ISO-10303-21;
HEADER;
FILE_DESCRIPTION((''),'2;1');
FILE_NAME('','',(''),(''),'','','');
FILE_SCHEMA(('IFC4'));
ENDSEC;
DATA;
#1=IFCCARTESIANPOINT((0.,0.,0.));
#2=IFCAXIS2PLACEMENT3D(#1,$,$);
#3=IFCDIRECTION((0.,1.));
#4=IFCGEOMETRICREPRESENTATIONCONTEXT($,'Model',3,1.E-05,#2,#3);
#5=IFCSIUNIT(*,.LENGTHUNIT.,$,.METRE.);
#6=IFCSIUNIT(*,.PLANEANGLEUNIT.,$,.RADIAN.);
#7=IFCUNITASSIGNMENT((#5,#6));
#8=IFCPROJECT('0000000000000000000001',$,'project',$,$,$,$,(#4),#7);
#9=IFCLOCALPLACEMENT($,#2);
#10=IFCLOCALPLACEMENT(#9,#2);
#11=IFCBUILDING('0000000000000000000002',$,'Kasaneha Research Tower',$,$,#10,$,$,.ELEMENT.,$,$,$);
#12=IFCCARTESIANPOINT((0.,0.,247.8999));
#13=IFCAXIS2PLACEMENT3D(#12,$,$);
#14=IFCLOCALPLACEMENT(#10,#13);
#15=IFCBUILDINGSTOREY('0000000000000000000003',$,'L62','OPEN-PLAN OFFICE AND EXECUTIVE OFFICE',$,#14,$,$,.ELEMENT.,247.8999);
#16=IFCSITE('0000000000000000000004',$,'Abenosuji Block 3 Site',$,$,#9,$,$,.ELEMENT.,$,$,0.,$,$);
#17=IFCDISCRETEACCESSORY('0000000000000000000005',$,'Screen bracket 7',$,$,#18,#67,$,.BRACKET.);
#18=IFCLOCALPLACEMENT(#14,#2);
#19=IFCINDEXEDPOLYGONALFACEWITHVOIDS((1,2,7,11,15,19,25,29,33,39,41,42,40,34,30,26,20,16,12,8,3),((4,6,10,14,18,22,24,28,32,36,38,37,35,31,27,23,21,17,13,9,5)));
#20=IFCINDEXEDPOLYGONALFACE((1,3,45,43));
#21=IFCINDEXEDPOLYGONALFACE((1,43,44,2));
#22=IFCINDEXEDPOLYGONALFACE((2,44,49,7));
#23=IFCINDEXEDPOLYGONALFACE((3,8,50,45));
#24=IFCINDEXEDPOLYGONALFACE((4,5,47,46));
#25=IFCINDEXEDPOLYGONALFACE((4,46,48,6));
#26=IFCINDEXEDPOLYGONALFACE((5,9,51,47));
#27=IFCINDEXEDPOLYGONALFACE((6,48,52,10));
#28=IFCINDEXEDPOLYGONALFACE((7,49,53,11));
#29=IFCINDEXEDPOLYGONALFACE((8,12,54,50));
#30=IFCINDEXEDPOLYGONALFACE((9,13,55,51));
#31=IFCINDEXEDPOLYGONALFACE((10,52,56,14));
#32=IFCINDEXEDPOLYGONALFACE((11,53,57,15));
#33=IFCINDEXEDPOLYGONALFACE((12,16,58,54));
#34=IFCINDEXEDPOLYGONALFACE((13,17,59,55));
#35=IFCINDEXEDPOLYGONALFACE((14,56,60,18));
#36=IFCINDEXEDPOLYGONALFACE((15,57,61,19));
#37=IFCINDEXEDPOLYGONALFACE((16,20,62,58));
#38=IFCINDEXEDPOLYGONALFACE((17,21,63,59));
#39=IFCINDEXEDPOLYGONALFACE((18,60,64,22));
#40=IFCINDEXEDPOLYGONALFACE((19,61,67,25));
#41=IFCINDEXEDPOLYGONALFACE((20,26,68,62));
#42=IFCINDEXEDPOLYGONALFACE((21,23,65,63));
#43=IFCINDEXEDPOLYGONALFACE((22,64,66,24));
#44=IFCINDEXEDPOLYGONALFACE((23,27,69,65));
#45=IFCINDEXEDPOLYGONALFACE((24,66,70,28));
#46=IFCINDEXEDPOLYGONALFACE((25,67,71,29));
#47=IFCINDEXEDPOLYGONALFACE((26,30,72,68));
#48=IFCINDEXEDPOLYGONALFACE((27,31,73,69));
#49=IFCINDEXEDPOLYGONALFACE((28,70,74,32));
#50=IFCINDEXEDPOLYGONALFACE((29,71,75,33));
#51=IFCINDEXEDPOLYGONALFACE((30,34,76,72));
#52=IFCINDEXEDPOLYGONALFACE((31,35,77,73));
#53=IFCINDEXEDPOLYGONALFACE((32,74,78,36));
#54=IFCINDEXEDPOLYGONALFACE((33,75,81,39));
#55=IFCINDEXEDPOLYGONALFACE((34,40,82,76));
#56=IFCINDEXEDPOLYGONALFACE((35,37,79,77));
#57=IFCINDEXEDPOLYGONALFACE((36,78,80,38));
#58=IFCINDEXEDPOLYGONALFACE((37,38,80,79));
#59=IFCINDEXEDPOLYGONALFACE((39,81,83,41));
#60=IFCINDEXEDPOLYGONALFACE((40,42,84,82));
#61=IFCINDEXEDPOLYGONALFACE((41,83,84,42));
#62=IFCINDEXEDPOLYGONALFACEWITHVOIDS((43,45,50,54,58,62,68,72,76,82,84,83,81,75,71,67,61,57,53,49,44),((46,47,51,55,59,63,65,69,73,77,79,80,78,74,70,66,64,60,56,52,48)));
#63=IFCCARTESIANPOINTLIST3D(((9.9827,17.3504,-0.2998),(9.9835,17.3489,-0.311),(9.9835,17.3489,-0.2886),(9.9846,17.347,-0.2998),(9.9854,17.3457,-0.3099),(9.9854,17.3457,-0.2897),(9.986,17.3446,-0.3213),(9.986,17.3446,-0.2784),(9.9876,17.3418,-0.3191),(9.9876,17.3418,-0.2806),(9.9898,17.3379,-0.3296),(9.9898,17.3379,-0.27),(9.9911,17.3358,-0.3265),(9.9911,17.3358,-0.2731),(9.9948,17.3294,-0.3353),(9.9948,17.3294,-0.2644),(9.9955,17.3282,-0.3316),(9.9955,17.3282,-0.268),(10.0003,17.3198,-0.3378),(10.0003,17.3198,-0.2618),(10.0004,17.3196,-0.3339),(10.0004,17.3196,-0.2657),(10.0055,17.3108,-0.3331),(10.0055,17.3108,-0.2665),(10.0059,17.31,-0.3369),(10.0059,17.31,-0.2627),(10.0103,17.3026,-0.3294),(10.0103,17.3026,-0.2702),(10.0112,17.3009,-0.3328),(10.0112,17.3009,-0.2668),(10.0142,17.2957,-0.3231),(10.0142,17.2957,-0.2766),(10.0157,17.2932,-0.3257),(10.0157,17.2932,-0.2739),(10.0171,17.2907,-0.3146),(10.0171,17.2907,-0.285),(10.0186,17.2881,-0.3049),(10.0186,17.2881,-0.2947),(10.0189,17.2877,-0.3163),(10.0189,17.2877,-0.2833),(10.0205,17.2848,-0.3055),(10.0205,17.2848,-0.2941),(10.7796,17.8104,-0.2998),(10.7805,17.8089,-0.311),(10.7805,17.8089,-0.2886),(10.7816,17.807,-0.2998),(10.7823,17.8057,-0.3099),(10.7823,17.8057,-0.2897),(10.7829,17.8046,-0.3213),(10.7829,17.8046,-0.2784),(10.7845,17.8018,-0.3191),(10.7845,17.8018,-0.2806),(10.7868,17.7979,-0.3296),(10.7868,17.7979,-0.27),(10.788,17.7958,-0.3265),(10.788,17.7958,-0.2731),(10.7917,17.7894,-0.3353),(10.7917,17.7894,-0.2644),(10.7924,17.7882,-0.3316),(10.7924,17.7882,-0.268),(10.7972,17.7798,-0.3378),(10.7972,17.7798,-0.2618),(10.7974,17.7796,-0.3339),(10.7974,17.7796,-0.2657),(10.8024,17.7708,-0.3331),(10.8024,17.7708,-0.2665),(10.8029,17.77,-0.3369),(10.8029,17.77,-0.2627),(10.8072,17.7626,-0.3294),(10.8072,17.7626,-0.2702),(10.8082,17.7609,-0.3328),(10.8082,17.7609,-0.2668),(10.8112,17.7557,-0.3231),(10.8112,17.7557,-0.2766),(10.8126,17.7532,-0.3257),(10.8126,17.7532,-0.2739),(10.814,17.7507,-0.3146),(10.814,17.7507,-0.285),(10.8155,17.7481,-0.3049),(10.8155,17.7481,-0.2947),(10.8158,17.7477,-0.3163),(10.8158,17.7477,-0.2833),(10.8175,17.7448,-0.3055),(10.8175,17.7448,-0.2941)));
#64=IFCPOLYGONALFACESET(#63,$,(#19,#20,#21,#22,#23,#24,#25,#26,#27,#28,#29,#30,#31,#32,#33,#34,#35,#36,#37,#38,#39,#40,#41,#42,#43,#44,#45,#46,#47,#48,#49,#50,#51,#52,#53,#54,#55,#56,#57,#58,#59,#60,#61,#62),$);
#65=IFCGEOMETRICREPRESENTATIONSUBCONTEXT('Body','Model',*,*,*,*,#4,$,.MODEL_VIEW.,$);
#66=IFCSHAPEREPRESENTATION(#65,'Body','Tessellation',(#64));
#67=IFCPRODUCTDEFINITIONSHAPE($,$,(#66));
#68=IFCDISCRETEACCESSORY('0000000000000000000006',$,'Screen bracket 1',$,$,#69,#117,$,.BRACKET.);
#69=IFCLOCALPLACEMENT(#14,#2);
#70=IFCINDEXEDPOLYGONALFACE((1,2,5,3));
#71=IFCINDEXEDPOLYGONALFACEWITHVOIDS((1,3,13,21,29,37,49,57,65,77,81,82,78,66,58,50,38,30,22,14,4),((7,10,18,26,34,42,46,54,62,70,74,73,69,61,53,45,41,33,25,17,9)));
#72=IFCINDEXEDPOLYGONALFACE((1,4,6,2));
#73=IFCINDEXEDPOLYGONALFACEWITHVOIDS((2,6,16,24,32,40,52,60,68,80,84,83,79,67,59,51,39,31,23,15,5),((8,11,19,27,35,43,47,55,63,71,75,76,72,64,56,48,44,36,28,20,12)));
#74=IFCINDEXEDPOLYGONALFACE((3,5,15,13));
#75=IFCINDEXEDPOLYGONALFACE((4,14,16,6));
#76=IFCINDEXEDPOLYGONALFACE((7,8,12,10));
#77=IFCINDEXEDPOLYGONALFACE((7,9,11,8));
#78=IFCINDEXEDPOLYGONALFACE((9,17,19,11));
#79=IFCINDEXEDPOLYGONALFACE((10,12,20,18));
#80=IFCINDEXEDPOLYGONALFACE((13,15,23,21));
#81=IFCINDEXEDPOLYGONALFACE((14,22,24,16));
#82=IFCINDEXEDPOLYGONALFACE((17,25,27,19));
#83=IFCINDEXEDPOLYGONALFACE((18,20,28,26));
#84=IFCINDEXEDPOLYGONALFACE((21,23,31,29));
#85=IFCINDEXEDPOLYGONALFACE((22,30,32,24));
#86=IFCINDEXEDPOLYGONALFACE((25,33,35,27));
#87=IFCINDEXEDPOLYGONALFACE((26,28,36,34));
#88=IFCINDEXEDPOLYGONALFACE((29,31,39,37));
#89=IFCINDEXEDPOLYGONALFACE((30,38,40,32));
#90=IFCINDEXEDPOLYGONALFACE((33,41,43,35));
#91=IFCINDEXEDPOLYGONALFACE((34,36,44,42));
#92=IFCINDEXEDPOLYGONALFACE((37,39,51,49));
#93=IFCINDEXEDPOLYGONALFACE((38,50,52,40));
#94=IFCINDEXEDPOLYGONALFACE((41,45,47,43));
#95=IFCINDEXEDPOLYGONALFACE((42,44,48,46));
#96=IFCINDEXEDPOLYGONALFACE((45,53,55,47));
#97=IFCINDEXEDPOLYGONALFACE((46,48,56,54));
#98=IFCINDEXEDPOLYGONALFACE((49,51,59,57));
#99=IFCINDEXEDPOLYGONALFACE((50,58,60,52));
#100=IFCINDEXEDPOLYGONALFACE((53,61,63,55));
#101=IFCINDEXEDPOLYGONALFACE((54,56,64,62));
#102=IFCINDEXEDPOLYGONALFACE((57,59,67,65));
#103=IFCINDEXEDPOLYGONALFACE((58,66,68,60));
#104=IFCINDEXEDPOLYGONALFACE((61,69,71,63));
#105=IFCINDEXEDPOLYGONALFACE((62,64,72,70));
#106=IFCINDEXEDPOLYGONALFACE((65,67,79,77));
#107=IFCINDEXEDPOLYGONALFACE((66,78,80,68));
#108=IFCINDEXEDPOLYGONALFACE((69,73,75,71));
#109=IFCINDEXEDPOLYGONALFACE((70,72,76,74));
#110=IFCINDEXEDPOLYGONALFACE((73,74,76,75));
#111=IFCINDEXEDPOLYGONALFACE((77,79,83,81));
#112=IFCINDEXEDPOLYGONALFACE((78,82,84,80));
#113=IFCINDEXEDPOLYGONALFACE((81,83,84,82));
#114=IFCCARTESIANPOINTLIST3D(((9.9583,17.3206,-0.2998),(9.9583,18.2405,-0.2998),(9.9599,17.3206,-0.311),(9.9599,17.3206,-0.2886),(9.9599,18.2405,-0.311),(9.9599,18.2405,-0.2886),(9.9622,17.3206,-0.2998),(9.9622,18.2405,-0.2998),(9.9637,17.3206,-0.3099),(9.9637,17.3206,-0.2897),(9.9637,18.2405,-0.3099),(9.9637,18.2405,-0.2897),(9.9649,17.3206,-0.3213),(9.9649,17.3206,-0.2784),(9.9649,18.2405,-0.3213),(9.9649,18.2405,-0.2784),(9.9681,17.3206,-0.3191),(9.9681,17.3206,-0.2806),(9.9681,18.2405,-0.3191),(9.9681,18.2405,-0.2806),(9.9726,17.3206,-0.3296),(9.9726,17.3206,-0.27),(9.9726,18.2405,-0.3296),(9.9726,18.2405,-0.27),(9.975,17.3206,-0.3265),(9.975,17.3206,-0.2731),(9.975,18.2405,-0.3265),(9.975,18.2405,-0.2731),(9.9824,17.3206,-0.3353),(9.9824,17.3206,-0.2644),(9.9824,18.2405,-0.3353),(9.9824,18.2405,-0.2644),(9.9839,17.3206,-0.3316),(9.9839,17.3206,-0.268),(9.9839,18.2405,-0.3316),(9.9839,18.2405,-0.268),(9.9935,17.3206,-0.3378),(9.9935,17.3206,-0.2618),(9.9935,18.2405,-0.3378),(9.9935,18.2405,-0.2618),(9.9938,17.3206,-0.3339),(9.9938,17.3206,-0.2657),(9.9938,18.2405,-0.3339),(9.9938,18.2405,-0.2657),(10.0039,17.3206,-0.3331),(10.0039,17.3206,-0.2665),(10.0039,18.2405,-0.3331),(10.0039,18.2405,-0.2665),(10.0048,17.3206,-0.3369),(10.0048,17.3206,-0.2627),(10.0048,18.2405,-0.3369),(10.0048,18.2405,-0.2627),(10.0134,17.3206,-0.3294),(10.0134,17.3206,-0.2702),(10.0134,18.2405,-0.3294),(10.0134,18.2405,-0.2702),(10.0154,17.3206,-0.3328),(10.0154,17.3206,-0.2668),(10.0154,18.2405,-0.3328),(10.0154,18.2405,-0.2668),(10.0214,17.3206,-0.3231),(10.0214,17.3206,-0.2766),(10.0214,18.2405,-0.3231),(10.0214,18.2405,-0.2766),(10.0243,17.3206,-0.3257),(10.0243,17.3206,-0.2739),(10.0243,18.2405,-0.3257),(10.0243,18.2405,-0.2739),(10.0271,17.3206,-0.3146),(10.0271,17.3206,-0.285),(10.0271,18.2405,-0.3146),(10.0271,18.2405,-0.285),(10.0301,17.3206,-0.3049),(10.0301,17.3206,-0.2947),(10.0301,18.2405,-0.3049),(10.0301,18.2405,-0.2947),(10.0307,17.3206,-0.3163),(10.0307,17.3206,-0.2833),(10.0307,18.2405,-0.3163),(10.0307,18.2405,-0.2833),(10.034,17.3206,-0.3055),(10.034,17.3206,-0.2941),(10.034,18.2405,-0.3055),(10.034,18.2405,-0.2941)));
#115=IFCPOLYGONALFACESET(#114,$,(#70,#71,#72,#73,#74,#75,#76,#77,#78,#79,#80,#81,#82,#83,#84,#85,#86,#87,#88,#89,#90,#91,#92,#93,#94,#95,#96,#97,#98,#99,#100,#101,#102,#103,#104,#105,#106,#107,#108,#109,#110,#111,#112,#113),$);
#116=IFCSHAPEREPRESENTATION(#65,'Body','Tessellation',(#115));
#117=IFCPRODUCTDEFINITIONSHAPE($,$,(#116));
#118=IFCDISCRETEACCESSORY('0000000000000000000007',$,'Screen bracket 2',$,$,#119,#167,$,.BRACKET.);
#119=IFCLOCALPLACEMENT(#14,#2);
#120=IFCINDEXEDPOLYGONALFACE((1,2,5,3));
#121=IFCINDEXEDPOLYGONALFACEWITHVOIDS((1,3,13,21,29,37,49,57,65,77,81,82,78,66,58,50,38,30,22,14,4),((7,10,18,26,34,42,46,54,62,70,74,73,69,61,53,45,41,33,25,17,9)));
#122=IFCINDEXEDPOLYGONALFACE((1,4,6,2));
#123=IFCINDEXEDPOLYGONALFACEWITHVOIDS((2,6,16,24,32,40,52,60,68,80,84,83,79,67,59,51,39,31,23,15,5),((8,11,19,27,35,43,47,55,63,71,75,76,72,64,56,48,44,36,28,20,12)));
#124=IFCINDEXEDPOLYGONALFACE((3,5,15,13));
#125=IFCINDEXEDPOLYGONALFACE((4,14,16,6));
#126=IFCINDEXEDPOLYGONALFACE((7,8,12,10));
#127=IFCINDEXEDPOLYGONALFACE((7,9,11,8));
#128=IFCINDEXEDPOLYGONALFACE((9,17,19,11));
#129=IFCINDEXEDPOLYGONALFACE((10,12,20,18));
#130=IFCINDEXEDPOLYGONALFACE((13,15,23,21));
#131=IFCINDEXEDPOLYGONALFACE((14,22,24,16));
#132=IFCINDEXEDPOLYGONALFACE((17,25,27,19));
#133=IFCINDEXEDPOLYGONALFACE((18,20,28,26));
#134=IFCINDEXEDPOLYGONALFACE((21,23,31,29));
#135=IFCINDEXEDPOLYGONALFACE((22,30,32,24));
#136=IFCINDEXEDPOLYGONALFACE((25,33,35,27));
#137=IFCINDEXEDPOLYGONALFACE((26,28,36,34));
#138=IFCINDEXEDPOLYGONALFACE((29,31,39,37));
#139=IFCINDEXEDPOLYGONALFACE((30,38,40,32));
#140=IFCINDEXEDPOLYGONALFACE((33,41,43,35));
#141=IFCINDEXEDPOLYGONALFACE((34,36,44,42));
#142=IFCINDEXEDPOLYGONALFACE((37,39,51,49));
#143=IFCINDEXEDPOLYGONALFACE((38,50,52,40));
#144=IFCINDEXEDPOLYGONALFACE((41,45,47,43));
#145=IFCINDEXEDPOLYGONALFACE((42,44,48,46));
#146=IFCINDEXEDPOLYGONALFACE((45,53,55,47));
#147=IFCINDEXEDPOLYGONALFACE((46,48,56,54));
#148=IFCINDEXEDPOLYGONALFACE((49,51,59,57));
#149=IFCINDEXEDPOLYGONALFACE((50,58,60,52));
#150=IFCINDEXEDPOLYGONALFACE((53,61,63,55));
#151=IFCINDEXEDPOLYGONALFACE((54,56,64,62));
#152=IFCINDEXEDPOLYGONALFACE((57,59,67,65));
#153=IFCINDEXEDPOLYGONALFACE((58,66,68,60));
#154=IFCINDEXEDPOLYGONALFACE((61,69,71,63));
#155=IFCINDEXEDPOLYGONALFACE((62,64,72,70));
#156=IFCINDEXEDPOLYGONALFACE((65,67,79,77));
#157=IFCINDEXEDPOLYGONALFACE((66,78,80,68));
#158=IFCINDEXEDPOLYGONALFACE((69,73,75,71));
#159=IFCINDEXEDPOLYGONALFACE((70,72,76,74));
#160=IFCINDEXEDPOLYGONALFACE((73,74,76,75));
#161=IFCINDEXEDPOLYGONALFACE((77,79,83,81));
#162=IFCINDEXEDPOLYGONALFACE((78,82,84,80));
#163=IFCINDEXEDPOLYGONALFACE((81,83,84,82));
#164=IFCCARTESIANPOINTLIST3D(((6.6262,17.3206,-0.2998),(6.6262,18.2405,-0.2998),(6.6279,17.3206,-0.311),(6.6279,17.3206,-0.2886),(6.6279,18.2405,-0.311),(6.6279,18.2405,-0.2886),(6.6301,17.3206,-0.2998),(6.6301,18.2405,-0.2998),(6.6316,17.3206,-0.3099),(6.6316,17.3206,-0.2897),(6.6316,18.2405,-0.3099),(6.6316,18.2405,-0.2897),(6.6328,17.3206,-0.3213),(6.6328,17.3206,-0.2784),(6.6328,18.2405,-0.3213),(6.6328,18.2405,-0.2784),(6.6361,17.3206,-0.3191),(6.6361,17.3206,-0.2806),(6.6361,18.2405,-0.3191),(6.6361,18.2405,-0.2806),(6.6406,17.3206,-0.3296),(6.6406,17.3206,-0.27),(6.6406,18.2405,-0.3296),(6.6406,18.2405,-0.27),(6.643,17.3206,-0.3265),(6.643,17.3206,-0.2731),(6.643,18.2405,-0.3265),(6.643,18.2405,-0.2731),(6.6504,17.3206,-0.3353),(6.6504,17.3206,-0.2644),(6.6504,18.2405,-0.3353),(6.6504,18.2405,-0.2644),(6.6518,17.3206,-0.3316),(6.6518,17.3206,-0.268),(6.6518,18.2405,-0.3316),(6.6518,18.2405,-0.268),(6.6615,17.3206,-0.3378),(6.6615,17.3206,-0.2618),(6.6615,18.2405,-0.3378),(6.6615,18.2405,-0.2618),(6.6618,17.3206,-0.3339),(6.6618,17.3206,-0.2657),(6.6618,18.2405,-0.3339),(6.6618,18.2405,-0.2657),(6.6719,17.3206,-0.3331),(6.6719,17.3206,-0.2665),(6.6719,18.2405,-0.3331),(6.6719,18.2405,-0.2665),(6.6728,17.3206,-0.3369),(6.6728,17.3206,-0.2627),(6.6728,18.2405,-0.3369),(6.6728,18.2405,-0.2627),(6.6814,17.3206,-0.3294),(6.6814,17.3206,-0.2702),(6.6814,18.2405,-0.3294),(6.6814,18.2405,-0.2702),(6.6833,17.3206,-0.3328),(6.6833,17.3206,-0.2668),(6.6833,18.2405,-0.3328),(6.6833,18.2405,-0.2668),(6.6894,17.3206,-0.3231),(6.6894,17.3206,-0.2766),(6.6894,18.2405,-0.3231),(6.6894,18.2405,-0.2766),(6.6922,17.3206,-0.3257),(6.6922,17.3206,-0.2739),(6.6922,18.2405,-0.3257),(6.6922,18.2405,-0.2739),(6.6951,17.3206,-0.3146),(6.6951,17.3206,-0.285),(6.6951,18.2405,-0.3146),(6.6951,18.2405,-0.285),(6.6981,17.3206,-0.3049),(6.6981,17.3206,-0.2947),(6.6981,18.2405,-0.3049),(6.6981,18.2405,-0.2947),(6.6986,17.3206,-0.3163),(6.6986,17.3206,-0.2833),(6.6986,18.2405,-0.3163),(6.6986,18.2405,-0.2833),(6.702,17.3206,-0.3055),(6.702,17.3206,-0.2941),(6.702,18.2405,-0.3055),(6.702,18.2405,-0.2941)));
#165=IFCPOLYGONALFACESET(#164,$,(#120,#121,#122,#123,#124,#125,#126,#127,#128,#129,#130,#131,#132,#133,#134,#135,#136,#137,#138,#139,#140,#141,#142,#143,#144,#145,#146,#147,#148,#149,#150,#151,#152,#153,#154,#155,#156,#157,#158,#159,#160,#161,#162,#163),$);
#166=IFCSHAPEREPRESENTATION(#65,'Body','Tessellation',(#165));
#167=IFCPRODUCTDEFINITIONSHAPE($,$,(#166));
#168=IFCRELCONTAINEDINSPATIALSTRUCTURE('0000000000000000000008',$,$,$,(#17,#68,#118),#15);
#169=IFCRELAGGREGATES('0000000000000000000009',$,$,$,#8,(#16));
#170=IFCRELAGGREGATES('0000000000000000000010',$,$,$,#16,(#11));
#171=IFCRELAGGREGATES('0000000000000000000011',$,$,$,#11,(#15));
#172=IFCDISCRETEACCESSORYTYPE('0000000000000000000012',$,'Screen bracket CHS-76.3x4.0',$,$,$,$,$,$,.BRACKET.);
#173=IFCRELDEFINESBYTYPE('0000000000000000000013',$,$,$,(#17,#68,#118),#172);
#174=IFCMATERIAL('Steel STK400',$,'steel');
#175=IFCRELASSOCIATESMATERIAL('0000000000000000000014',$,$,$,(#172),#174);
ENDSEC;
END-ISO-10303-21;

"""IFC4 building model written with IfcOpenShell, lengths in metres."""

from ifc_helpers import new_model, si_unit, direction, frame, origin, origin_2d, place, context, subcontext, project, spatial, hollow_circle, extrude, material, material_profile, profile_set, type_object, element, save


model = new_model("IFC4")

# Units and contexts
model_context = context("Model", 3, precision=1e-05, world=origin(), true_north=direction((0.0, 1.0)))
body_context = subcontext(model_context, "Body", "Model", "MODEL_VIEW")
ifc_project = project(units=[si_unit("LENGTHUNIT", "METRE"), si_unit("PLANEANGLEUNIT", "RADIAN")], contexts=[model_context])

# Site, building, storey
site_placement = place(None, origin())
site = spatial("IfcSite", under=ifc_project, at=site_placement, Name="Abenosuji Block 3 Site", CompositionType="ELEMENT", RefElevation=0.0)
building_placement = place(site_placement, origin())
building = spatial("IfcBuilding", under=site, at=building_placement, Name="Kasaneha Research Tower", CompositionType="ELEMENT")
storey_placement = place(building_placement, frame((0.0, 0.0, 247.8999)))
storey = spatial("IfcBuildingStorey", under=building, at=storey_placement, Name="L62", Description="OPEN-PLAN OFFICE AND EXECUTIVE OFFICE", CompositionType="ELEMENT", Elevation=247.8999)

# Discrete accessories
ifc_material_1 = material(Name="Steel STK400", Category="steel")
ifc_material_profile_1 = material_profile(ifc_material_1, hollow_circle(Radius=0.0381, WallThickness=0.0039, at=origin_2d()), Name="CHS-76.3x4.0")
ifc_profile_set_1 = profile_set([ifc_material_profile_1], Name="Steel STK400")
discrete_accessory_type = type_object("IfcDiscreteAccessoryType", Name="Screen bracket CHS-76.3x4.0", PredefinedType="BRACKET", material=ifc_profile_set_1)
for number, where, z_axis, x_axis, name in (
    (1, (10.0017, 17.3174, -0.2998), (0.86608, 0.499906, 0.0), (-0.499906, 0.86608, 0.0), "Screen bracket 7"),
):
    element("IfcDiscreteAccessory", number, at=place(storey_placement, frame(where, z_axis=z_axis, x_axis=x_axis)), inside=storey, type_object=discrete_accessory_type, Name=name, PredefinedType="BRACKET", context=body_context, shape_type="SweptSolid", body=[
        extrude(hollow_circle(Radius=0.0381, WallThickness=0.0039, at=origin_2d()), origin(), (0.0, 0.0, 1.0), 0.9202),
    ])
for number, where, z_axis, x_axis, name in (
    (2, (9.9963, 17.3206, -0.2998), (0.0, 1.0, 0.0), (-1.0, 0.0, 0.0), "Screen bracket 1"),
    (3, (6.6643, 17.3206, -0.2998), (0.0, 1.0, 0.0), (-1.0, 0.0, 0.0), "Screen bracket 2"),
):
    element("IfcDiscreteAccessory", number, at=place(storey_placement, frame(where, z_axis=z_axis, x_axis=x_axis)), inside=storey, type_object=discrete_accessory_type, Name=name, PredefinedType="BRACKET", context=body_context, shape_type="SweptSolid", body=[
        extrude(hollow_circle(Radius=0.0381, WallThickness=0.0039, at=origin_2d()), origin(), (0.0, 0.0, 1.0), 0.9199),
    ])

save(model, "model.ifc")
